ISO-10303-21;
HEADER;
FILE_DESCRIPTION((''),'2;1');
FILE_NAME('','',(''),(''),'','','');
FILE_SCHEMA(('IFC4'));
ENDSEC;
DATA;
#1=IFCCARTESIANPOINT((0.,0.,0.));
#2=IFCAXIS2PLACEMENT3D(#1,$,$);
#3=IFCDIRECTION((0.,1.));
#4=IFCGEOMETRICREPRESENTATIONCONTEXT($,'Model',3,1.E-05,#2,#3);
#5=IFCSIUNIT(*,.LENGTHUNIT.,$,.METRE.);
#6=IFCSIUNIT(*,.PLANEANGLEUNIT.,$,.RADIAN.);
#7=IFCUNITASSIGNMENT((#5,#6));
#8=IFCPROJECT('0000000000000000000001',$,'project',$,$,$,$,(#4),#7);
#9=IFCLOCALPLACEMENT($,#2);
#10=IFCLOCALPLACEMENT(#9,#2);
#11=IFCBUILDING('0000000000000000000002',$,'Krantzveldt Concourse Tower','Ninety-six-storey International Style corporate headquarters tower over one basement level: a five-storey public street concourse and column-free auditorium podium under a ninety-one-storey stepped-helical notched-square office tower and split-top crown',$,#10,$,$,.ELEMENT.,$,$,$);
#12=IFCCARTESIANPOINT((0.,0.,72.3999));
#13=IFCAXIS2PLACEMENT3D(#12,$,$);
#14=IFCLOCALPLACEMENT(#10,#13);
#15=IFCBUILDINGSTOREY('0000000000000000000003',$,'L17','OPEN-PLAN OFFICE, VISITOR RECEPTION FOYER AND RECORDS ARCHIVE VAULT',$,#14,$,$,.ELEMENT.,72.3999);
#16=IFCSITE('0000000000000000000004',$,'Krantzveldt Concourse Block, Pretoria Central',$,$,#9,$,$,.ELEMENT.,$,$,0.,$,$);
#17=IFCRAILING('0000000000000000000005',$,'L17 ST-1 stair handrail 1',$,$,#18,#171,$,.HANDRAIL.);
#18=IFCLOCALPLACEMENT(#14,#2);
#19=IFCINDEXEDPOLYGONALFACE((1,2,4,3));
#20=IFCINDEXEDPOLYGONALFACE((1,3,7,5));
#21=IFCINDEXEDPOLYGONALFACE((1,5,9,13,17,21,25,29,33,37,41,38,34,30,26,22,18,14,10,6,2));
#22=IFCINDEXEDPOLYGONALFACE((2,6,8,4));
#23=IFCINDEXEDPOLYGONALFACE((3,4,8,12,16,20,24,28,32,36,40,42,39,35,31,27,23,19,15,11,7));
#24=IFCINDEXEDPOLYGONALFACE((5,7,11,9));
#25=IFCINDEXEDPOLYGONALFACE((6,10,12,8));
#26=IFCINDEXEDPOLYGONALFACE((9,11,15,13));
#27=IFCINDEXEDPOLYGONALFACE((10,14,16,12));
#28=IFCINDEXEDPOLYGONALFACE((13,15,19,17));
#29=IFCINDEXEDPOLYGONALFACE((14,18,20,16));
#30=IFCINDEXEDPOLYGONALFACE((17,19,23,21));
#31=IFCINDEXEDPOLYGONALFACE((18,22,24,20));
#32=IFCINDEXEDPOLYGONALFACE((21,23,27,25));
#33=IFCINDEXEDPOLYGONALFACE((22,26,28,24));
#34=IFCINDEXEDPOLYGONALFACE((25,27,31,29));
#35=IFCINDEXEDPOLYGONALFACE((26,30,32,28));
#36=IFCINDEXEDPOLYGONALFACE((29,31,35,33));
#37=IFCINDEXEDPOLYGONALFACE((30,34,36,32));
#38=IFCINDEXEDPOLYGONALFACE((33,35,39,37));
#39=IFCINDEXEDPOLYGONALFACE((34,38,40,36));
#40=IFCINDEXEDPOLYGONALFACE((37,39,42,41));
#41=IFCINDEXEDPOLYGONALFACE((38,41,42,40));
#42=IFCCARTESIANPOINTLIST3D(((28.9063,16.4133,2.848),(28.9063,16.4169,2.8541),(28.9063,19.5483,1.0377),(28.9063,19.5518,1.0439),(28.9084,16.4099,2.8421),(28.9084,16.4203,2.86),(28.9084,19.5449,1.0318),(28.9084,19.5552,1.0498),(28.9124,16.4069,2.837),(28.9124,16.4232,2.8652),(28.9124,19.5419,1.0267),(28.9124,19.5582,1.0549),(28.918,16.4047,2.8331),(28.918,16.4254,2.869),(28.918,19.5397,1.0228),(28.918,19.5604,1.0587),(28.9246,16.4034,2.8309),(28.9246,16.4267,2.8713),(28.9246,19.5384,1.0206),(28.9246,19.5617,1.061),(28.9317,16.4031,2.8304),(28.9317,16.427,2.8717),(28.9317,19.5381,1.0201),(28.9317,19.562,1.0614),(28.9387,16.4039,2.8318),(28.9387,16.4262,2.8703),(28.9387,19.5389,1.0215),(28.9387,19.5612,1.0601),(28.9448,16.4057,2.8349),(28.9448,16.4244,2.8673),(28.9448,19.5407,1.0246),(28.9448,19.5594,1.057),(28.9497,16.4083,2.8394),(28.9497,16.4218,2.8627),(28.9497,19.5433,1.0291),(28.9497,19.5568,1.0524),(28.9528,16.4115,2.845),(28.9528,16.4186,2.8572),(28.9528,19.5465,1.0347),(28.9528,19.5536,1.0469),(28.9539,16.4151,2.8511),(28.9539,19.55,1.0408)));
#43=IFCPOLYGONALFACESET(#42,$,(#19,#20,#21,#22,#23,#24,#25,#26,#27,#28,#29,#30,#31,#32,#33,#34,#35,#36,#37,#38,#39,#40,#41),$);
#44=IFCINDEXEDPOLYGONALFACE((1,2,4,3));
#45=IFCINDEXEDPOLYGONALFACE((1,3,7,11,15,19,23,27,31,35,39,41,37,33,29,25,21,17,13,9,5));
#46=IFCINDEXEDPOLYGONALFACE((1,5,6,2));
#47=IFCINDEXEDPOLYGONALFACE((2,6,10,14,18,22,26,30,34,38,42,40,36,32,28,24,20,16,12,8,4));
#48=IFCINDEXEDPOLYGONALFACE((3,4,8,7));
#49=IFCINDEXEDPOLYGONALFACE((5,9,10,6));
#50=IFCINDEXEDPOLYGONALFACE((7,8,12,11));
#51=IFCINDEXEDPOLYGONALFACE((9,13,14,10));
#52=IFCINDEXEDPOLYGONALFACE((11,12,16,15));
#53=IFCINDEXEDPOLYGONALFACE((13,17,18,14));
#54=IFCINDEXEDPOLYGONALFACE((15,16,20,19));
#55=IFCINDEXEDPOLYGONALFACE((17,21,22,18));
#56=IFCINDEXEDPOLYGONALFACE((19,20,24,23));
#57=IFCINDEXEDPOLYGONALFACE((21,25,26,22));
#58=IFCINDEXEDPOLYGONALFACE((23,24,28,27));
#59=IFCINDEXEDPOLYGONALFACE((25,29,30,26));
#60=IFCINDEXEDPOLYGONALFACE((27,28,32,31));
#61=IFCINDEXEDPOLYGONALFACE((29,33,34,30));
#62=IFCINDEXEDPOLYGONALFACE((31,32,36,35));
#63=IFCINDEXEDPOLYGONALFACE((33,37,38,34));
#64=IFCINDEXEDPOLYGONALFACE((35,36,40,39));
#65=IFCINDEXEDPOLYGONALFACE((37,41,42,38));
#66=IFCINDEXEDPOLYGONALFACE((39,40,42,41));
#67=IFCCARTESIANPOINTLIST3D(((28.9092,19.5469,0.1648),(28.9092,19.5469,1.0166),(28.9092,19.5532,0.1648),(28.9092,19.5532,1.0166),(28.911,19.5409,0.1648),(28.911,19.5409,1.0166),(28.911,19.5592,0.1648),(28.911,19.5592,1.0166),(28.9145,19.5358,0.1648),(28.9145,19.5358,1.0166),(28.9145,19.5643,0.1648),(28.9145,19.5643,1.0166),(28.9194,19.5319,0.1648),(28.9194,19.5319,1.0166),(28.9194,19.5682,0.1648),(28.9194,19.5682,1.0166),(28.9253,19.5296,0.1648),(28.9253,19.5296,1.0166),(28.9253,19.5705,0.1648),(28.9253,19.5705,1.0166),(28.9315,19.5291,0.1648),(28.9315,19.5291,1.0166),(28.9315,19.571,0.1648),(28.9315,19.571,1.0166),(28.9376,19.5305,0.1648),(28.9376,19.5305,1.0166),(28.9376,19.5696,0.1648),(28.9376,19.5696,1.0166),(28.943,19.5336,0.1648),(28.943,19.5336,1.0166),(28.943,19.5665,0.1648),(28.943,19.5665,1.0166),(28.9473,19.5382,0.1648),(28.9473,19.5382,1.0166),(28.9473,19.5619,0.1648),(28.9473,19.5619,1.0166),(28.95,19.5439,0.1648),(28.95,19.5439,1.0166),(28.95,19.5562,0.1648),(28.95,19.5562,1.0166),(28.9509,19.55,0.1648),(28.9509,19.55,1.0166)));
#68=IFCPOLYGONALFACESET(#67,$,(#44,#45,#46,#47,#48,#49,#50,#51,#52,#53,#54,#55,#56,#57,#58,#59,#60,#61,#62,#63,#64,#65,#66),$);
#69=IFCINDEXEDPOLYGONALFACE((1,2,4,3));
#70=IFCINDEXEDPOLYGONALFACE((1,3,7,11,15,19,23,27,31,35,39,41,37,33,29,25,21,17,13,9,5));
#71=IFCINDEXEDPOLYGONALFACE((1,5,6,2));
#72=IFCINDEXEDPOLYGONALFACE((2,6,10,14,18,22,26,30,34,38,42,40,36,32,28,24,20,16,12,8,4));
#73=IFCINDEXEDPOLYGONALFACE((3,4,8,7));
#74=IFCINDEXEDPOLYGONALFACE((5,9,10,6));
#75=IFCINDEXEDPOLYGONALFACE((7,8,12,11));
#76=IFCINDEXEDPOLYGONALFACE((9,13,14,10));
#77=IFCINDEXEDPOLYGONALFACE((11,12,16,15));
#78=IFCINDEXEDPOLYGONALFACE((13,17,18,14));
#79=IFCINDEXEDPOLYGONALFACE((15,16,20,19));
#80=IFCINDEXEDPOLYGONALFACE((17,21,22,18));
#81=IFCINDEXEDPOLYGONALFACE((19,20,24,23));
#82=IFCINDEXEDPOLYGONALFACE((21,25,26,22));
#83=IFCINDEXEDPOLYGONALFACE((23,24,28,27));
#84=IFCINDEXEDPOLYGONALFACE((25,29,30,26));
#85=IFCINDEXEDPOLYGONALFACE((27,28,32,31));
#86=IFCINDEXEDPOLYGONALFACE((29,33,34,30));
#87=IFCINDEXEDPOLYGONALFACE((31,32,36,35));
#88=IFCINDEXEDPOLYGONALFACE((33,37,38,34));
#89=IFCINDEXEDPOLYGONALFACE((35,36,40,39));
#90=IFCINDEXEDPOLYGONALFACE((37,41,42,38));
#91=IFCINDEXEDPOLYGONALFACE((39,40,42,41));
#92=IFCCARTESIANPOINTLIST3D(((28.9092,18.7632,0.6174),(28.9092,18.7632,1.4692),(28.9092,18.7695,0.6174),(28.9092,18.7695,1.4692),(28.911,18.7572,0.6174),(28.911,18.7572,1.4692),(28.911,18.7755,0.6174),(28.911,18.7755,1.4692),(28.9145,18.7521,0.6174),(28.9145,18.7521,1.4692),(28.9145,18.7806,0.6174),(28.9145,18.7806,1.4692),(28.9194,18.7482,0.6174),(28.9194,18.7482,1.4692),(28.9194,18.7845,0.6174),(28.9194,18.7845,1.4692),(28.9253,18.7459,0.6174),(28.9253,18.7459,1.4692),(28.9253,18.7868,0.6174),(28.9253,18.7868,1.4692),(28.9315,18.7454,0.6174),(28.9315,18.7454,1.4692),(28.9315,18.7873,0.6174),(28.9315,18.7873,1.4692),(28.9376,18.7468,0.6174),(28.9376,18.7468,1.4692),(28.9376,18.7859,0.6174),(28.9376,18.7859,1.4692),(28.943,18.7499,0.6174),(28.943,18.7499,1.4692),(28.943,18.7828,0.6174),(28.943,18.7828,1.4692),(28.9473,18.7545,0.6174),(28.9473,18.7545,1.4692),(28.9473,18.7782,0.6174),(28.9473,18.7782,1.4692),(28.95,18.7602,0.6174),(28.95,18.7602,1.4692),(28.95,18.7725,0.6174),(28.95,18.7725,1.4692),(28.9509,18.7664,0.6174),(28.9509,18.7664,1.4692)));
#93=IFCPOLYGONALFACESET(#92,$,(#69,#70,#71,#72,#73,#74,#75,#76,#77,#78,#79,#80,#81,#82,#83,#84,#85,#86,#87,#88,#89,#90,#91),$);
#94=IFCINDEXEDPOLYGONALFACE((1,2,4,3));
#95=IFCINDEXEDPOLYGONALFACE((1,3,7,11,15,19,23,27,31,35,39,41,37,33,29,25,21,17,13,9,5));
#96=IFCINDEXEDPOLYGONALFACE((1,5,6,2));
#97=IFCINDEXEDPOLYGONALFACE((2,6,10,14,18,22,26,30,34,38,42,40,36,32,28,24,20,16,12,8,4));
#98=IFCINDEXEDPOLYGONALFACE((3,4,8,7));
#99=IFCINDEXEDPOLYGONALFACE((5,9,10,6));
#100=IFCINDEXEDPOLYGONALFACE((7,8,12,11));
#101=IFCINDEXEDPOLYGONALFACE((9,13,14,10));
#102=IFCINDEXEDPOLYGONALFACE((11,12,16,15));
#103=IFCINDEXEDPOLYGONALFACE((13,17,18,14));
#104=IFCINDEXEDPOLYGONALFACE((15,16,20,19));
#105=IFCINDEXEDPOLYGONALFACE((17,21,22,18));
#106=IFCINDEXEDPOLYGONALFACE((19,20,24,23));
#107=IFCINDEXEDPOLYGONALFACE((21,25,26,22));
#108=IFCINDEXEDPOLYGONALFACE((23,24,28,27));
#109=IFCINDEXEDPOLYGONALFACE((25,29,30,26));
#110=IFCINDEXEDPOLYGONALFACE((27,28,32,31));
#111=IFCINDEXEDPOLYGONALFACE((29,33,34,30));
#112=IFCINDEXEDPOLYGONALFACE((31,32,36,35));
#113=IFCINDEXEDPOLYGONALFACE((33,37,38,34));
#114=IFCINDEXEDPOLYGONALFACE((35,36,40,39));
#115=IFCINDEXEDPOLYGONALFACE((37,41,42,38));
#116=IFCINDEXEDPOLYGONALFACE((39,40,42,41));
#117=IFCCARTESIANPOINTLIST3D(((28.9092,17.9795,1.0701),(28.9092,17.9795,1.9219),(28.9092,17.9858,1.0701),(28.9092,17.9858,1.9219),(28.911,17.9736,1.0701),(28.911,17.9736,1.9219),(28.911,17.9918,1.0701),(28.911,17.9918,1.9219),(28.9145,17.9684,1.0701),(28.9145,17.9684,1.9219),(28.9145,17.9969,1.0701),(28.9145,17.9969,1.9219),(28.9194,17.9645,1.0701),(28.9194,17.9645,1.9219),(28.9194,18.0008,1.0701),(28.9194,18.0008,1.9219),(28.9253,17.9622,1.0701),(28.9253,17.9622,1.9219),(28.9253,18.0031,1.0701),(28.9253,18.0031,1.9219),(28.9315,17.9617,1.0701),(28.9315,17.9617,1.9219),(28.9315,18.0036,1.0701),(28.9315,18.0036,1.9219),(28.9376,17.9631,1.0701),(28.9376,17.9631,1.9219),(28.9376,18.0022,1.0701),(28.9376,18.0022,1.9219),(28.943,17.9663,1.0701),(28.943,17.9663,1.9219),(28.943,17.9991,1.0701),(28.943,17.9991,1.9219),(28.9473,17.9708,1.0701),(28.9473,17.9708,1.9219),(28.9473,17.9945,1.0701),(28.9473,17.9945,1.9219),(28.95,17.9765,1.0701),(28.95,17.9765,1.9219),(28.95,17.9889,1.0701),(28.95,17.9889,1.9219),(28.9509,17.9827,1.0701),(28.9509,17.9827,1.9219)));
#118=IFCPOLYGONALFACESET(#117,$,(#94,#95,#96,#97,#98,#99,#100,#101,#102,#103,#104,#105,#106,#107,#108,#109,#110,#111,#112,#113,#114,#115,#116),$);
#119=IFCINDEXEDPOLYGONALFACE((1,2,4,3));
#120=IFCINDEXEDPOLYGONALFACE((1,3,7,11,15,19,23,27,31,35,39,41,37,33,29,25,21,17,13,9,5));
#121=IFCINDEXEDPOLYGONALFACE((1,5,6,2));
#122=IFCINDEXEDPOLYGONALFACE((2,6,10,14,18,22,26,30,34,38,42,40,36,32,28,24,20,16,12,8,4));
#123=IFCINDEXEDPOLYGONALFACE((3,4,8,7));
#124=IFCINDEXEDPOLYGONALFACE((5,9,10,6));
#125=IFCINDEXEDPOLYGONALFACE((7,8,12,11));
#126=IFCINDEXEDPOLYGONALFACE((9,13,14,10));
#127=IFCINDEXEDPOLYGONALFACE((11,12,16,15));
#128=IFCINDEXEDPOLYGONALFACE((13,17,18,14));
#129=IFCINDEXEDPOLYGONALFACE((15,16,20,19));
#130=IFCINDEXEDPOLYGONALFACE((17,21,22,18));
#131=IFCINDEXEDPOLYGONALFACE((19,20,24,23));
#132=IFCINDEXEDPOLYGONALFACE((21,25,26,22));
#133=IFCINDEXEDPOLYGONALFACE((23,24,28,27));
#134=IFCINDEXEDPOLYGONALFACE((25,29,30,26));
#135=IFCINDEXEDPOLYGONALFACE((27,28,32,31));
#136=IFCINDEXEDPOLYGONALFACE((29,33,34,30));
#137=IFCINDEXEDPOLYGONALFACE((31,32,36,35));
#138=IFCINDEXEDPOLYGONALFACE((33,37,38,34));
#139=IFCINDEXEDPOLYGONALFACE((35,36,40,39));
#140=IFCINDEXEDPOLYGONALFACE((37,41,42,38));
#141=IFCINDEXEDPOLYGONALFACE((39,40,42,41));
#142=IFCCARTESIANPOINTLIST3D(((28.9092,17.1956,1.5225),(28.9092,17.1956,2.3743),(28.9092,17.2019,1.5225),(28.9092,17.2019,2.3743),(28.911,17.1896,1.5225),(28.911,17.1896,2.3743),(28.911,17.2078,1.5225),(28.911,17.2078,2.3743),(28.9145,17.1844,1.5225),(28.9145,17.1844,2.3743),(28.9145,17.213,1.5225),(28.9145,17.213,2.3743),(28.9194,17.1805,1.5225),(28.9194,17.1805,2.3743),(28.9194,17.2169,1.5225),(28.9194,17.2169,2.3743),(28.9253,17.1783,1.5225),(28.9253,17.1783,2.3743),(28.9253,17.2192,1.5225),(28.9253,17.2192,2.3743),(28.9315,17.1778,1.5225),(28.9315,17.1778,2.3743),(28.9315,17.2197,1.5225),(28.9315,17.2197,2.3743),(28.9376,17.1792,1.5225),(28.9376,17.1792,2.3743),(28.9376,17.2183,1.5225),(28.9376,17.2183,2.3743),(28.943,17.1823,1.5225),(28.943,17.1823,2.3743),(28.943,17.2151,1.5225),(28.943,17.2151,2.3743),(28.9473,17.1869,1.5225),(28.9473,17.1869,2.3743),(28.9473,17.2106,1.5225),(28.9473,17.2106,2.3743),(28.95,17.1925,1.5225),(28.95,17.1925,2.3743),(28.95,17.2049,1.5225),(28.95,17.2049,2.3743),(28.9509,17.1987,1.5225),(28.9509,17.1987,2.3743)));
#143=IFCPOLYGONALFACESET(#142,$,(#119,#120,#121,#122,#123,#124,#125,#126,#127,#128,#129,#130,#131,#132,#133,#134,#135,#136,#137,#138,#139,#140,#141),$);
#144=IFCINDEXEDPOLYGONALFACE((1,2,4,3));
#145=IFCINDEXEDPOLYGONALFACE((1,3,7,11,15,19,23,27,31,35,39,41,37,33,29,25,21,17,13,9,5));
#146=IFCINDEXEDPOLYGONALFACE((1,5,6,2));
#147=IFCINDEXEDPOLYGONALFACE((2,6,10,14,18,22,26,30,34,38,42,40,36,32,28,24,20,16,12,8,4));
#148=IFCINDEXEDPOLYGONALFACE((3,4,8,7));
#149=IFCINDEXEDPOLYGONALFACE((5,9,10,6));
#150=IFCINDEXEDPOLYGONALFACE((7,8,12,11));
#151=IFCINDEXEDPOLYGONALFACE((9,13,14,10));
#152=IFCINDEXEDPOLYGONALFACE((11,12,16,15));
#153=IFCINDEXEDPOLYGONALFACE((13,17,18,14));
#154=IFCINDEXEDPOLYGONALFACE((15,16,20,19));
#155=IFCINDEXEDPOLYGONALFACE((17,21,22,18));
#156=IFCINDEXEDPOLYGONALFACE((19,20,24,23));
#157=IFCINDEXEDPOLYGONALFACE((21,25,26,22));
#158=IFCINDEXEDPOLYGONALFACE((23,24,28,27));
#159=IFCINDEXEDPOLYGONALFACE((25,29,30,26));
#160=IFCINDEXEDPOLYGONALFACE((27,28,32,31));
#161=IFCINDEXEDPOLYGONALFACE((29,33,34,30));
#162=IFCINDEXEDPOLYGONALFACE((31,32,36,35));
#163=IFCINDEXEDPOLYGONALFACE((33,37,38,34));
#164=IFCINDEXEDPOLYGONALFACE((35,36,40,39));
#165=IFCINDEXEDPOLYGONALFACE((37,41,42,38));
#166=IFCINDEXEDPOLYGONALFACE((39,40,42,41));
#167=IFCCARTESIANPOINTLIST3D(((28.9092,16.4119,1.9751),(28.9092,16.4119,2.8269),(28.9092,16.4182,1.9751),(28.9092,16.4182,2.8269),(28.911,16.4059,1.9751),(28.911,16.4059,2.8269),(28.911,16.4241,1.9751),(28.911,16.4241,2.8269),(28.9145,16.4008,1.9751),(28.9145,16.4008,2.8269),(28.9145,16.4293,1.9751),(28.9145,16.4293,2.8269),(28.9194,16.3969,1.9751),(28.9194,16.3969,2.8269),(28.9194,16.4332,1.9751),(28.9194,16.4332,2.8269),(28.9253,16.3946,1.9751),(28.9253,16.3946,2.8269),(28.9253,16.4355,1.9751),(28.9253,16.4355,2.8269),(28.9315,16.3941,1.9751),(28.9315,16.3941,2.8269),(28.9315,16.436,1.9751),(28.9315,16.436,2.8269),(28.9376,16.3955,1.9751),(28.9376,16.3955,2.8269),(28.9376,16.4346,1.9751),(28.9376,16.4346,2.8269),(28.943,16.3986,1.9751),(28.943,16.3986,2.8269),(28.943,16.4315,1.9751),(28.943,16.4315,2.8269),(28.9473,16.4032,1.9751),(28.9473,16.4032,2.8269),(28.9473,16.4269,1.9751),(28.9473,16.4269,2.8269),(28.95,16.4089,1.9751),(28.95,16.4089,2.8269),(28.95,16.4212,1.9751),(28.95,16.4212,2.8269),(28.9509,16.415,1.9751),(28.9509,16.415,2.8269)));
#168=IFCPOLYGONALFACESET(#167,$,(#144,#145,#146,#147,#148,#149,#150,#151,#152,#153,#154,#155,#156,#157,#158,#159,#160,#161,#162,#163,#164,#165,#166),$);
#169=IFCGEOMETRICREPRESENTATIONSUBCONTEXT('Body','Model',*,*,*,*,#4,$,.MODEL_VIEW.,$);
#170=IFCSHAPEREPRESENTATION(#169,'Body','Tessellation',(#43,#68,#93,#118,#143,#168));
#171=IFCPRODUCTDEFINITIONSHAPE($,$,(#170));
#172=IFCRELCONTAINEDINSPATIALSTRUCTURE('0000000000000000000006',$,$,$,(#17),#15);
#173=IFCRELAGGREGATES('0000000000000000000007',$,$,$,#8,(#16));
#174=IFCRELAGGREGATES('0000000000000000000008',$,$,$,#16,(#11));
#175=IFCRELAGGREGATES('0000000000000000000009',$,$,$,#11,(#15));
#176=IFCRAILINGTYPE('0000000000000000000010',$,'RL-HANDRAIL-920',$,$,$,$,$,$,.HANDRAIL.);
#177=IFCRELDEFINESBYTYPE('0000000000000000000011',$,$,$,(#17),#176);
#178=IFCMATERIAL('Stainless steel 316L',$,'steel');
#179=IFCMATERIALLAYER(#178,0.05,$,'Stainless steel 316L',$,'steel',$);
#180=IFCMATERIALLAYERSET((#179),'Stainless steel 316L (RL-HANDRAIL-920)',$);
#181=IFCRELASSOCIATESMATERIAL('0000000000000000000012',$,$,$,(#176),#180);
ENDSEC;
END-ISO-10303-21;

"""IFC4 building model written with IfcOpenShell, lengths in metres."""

from ifc_helpers import new_model, si_unit, direction, frame, origin, origin_2d, place, context, subcontext, project, spatial, circle, extrude, material, layer, layer_set, type_object, element, save


model = new_model("IFC4")

# Units and contexts
model_context = context("Model", 3, precision=1e-05, world=origin(), true_north=direction((0.0, 1.0)))
body_context = subcontext(model_context, "Body", "Model", "MODEL_VIEW")
ifc_project = project(units=[si_unit("LENGTHUNIT", "METRE"), si_unit("PLANEANGLEUNIT", "RADIAN")], contexts=[model_context])

# Site, building, storey
site_placement = place(None, origin())
site = spatial("IfcSite", under=ifc_project, at=site_placement, Name="Krantzveldt Concourse Block, Pretoria Central", CompositionType="ELEMENT", RefElevation=0.0)
building_placement = place(site_placement, origin())
building = spatial("IfcBuilding", under=site, at=building_placement, Name="Krantzveldt Concourse Tower", Description="Ninety-six-storey International Style corporate headquarters tower over one basement level: a five-storey public street concourse and column-free auditorium podium under a ninety-one-storey stepped-helical notched-square office tower and split-top crown", CompositionType="ELEMENT")
storey_placement = place(building_placement, frame((0.0, 0.0, 72.3999)))
storey = spatial("IfcBuildingStorey", under=building, at=storey_placement, Name="L17", Description="OPEN-PLAN OFFICE, VISITOR RECEPTION FOYER AND RECORDS ARCHIVE VAULT", CompositionType="ELEMENT", Elevation=72.3999)

# Railing
ifc_material_1 = material(Name="Stainless steel 316L", Category="steel")
ifc_layer_1 = layer(ifc_material_1, 0.05, Name="Stainless steel 316L", Category="steel")
ifc_layer_set_1 = layer_set([ifc_layer_1], Name="Stainless steel 316L (RL-HANDRAIL-920)")
railing_type_1 = type_object("IfcRailingType", Name="RL-HANDRAIL-920", PredefinedType="HANDRAIL", material=ifc_layer_set_1)
railing_1_placement = place(storey_placement, frame((28.9299, 19.55, 0.1648)))
element("IfcRailing", 1, at=railing_1_placement, inside=storey, type_object=railing_type_1, Name="L17 ST-1 stair handrail 1", PredefinedType="HANDRAIL", context=body_context, shape_type="SweptSolid", body=[
    extrude(circle(Radius=0.0239, at=origin_2d()), frame((0.0, 0.0, 0.876), z_axis=(0.0, -0.865989, 0.500063), x_axis=(1.0, 0.0, 0.0)), (0.0, 0.0, 1.0), 3.6201),
    extrude(circle(Radius=0.021, at=origin_2d()), origin(), (0.0, 0.0, 1.0), 0.8518),
    extrude(circle(Radius=0.021, at=origin_2d()), frame((0.0, -0.7837, 0.4526)), (0.0, 0.0, 1.0), 0.8518),
    extrude(circle(Radius=0.021, at=origin_2d()), frame((0.0, -1.5674, 0.9053)), (0.0, 0.0, 1.0), 0.8518),
    extrude(circle(Radius=0.021, at=origin_2d()), frame((0.0, -2.3513, 1.3577)), (0.0, 0.0, 1.0), 0.8518),
    extrude(circle(Radius=0.021, at=origin_2d()), frame((0.0, -3.135, 1.8103)), (0.0, 0.0, 1.0), 0.8518),
])

save(model, "model.ifc")
